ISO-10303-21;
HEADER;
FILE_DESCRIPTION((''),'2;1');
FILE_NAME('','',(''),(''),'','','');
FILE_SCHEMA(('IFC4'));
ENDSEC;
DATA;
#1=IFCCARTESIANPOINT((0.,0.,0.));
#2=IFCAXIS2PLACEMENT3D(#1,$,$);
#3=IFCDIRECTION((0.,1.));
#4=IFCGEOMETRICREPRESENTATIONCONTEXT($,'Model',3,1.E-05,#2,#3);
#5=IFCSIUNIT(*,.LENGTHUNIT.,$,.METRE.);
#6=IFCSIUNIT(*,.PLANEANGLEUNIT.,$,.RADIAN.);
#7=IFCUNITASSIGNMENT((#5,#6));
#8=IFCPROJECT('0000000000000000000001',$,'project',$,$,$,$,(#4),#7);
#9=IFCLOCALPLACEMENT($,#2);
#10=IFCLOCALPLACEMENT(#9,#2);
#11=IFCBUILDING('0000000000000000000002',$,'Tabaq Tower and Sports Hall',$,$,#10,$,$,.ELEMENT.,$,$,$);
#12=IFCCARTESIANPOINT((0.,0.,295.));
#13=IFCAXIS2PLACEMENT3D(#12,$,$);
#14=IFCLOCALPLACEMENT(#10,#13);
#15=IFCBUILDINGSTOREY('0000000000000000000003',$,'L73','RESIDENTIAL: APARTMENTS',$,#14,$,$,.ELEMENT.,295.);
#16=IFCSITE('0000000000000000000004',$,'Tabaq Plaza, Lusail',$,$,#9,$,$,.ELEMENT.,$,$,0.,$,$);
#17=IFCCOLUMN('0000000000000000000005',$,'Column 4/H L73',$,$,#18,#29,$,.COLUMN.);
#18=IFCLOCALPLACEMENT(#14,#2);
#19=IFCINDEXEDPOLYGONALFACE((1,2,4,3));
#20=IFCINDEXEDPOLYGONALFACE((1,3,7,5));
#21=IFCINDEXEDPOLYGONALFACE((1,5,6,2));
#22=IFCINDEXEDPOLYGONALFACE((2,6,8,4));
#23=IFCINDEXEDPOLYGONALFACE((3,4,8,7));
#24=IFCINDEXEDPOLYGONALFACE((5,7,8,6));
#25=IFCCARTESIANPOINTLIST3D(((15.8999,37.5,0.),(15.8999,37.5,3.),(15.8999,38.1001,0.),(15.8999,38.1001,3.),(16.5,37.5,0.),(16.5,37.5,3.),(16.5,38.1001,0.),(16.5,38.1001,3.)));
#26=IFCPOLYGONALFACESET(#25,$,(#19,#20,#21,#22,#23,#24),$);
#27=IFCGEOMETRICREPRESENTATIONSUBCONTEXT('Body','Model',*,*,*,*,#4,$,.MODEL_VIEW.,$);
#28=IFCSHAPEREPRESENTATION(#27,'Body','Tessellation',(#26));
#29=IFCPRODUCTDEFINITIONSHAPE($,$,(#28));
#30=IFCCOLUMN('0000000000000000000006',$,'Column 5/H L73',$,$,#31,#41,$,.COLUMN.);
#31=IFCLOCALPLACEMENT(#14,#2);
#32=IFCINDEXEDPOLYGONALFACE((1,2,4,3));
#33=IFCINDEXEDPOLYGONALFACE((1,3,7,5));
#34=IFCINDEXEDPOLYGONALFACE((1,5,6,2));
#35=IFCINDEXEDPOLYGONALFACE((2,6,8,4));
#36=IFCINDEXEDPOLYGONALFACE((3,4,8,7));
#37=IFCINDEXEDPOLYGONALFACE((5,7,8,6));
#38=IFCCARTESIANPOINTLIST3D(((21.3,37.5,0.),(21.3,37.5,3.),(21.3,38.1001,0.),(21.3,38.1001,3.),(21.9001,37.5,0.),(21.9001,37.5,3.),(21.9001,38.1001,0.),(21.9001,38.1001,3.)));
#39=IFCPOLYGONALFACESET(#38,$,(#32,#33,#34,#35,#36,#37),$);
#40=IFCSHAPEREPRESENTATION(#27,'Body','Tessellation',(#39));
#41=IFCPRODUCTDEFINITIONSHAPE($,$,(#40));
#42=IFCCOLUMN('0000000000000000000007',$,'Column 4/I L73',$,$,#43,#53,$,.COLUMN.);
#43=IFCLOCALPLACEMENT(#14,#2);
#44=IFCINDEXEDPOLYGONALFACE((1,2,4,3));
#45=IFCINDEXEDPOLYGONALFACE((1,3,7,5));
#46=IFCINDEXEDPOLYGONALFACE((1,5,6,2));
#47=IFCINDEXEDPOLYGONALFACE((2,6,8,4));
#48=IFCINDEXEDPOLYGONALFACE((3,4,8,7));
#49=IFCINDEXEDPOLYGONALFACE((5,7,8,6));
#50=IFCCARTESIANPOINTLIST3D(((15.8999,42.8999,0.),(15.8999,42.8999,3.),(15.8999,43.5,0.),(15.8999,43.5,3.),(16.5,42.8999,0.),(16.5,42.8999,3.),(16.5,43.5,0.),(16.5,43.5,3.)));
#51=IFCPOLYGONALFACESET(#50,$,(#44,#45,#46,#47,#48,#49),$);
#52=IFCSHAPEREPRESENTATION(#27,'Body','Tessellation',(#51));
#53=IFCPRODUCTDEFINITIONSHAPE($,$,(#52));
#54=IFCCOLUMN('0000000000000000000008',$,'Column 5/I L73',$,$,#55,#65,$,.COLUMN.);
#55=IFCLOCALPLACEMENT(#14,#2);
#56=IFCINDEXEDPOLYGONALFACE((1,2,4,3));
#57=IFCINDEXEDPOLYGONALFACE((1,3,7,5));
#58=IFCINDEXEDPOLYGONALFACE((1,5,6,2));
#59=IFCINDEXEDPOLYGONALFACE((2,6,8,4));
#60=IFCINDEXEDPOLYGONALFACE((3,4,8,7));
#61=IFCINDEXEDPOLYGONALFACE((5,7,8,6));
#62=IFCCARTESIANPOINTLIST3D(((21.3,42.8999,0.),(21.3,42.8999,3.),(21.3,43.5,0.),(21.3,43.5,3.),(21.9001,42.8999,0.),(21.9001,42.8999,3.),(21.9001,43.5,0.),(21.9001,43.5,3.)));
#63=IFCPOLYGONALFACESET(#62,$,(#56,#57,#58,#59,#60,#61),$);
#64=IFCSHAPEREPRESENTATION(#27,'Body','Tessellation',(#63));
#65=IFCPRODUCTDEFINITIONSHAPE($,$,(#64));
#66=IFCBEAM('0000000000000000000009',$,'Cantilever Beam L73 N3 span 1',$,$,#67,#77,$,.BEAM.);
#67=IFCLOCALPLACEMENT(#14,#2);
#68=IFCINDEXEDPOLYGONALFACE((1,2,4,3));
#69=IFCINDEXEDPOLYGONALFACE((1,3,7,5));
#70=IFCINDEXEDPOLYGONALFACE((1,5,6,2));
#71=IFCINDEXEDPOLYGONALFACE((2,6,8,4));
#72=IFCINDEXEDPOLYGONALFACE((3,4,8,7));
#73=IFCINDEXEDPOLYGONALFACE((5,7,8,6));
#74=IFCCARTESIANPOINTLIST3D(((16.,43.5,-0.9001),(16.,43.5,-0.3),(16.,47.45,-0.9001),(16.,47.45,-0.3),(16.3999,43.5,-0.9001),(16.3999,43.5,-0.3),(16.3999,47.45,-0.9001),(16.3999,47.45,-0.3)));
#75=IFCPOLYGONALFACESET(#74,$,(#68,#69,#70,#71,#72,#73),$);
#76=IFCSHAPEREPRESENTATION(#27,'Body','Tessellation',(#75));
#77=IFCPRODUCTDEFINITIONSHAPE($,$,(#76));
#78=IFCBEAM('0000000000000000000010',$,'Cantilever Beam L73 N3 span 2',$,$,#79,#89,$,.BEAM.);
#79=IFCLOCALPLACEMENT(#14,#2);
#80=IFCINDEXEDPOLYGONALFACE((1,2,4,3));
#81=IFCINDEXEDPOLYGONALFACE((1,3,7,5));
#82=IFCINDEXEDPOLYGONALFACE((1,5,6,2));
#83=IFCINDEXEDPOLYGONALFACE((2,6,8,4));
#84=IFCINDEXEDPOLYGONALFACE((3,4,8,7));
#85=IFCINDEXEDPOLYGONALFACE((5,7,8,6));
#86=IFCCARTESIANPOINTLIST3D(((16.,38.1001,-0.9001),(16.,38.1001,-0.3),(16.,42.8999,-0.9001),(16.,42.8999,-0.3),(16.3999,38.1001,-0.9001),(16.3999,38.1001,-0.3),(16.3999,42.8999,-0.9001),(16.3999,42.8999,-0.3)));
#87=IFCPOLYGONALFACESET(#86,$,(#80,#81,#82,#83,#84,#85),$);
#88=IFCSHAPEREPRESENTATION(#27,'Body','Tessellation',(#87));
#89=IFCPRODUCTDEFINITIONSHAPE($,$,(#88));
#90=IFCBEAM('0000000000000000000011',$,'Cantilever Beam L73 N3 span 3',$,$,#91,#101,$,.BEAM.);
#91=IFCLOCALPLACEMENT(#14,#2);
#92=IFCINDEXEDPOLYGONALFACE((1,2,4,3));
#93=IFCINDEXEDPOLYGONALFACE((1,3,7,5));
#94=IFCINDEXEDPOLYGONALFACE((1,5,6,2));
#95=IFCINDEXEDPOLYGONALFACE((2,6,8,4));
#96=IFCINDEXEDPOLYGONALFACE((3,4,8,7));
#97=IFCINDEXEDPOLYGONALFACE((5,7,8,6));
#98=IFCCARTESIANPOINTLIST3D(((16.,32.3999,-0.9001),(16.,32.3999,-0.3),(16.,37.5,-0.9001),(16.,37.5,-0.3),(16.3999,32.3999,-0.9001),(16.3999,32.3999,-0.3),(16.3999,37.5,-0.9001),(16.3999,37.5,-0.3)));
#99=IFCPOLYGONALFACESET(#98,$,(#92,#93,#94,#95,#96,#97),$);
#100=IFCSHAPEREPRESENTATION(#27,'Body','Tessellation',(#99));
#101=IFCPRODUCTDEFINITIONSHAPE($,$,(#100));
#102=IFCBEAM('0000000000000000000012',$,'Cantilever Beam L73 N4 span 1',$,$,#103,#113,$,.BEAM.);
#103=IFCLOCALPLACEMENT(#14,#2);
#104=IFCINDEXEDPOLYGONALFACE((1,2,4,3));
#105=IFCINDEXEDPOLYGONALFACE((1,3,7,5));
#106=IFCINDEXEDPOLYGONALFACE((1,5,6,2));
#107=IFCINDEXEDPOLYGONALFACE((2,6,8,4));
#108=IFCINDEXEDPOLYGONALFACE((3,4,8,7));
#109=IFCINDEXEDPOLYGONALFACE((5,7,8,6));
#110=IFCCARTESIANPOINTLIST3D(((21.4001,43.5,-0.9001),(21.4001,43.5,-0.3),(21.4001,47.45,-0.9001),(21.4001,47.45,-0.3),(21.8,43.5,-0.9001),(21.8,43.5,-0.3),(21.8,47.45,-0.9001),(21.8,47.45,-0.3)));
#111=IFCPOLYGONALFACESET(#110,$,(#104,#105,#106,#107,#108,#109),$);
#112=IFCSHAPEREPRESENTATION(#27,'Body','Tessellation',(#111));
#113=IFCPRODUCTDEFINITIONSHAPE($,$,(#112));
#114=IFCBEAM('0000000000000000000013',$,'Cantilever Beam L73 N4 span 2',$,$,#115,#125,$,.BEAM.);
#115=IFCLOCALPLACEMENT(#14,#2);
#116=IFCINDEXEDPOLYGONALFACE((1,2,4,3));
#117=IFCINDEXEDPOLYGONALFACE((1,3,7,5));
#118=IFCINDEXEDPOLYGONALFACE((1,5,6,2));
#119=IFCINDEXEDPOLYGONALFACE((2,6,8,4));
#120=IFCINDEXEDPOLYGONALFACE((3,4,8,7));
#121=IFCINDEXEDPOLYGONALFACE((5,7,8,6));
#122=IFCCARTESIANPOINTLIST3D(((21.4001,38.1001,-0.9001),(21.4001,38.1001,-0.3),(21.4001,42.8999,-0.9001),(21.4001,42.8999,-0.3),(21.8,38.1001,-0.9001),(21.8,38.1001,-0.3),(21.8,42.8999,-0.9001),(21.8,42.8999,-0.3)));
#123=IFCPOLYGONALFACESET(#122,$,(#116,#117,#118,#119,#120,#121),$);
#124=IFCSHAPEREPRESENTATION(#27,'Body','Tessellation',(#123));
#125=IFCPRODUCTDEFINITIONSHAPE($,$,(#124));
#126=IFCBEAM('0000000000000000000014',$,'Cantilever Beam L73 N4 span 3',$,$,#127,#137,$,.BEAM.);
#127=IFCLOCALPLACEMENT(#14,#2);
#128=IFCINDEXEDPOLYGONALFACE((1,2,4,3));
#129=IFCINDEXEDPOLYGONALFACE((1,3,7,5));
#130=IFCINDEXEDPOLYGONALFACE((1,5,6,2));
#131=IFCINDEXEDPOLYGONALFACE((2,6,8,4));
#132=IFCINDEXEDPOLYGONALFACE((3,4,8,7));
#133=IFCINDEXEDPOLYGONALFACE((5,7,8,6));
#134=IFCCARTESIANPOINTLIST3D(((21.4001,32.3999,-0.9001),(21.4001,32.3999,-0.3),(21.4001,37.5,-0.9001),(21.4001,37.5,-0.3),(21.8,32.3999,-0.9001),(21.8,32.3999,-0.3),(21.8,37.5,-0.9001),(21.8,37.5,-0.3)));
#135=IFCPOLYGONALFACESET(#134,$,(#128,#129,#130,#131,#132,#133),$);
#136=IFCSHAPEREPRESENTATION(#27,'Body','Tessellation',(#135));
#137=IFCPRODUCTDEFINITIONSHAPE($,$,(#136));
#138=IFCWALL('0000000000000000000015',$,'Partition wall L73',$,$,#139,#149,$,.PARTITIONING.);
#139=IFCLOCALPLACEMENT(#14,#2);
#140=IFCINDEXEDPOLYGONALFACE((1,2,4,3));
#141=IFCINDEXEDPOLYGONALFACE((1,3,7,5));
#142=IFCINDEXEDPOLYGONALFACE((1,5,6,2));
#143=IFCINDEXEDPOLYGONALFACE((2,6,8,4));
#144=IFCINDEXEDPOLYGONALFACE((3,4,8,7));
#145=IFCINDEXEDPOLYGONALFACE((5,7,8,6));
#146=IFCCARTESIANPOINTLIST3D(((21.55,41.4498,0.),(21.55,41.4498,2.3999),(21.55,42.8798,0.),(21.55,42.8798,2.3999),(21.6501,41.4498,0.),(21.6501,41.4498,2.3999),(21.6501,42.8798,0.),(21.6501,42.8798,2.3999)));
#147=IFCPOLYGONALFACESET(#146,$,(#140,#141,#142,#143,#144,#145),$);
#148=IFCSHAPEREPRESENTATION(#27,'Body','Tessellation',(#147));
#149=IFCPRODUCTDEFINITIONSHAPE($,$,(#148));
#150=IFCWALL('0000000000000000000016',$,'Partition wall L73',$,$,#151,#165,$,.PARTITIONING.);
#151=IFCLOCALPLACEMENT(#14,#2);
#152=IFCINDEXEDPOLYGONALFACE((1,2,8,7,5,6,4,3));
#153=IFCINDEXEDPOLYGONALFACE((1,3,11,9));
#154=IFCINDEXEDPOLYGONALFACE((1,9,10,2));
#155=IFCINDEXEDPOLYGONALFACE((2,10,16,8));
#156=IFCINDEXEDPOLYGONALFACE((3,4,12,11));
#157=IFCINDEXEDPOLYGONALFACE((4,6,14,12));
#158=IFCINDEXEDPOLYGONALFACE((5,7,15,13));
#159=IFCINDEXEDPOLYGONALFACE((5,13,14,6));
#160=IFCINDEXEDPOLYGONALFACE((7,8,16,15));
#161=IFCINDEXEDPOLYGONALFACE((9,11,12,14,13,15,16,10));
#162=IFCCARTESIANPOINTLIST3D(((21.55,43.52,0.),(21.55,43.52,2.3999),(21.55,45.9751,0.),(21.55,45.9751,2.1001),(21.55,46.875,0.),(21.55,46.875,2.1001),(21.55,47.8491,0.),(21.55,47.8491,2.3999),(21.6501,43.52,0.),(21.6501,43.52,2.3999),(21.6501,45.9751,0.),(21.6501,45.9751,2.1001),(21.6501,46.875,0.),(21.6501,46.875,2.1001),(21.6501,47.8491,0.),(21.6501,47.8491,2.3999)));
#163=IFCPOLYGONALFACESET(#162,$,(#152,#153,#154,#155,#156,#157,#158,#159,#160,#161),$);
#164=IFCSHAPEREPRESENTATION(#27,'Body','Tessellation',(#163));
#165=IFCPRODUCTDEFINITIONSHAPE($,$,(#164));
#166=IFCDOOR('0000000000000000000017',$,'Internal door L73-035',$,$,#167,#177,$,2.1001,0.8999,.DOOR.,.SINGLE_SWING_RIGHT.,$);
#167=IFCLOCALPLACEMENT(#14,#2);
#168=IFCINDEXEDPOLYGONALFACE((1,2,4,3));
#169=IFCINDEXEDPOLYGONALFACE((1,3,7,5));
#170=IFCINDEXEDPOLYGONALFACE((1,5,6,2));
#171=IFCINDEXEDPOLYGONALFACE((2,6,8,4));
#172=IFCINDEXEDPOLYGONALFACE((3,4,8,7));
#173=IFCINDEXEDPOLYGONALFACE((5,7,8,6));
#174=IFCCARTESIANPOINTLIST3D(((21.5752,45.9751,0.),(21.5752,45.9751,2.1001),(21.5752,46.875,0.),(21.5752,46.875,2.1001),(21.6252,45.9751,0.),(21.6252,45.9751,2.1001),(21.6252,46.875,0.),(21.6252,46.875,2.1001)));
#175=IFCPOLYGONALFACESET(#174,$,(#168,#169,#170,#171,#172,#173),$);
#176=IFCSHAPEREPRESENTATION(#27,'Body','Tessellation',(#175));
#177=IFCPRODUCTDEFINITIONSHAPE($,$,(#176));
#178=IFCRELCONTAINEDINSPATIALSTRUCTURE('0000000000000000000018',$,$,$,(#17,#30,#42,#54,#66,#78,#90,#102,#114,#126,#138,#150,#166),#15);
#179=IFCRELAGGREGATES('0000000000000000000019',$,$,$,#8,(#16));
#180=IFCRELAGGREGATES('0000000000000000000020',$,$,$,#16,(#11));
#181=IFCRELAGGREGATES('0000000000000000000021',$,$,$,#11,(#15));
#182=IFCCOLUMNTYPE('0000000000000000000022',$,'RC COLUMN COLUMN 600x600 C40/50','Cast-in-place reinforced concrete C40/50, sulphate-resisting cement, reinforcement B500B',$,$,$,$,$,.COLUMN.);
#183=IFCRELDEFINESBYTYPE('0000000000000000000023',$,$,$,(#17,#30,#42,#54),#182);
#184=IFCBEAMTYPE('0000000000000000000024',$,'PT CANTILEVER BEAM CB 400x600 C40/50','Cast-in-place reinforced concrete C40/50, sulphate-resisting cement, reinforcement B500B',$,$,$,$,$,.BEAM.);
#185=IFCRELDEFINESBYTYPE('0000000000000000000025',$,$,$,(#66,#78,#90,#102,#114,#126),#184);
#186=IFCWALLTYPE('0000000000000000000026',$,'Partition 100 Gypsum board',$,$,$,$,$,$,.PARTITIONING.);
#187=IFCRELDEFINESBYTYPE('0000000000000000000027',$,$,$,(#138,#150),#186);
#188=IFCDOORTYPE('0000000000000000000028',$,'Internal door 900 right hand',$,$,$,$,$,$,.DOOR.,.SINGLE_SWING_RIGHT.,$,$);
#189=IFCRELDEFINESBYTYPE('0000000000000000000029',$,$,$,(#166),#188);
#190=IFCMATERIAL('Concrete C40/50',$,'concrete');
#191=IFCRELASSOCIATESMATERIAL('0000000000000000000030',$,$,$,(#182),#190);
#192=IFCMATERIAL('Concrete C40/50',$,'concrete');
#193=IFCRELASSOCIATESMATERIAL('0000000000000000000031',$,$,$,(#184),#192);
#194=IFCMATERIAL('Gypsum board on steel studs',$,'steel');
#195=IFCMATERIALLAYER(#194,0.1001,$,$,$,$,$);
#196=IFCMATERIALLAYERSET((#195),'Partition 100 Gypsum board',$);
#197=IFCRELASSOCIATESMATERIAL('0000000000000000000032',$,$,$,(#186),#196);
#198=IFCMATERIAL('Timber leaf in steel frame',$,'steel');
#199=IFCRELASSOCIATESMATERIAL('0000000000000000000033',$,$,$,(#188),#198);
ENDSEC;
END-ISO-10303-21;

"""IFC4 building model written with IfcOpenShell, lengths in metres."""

from ifc_helpers import new_model, si_unit, direction, frame, frame_2d, origin, origin_2d, place, context, subcontext, project, spatial, rectangle, extrude, material, layer, layer_set, material_profile, profile_set, type_object, element, fill, save


model = new_model("IFC4")

# Units and contexts
model_context = context("Model", 3, precision=1e-05, world=origin(), true_north=direction((0.0, 1.0)))
body_context = subcontext(model_context, "Body", "Model", "MODEL_VIEW")
ifc_project = project(units=[si_unit("LENGTHUNIT", "METRE"), si_unit("PLANEANGLEUNIT", "RADIAN")], contexts=[model_context])

# Site, building, storey
site_placement = place(None, origin())
site = spatial("IfcSite", under=ifc_project, at=site_placement, Name="Tabaq Plaza, Lusail", CompositionType="ELEMENT", RefElevation=0.0)
building_placement = place(site_placement, origin())
building = spatial("IfcBuilding", under=site, at=building_placement, Name="Tabaq Tower and Sports Hall", CompositionType="ELEMENT")
storey_placement = place(building_placement, frame((0.0, 0.0, 295.0)))
storey = spatial("IfcBuildingStorey", under=building, at=storey_placement, Name="L73", Description="RESIDENTIAL: APARTMENTS", CompositionType="ELEMENT", Elevation=295.0)

# Columns
ifc_material_1 = material(Name="Concrete C40/50", Category="concrete")
ifc_material_profile_1 = material_profile(ifc_material_1, rectangle(XDim=0.6001, YDim=0.6001, at=origin_2d()), Name="COLUMN 600x600")
ifc_profile_set_1 = profile_set([ifc_material_profile_1], Name="Concrete C40/50")
column_type = type_object("IfcColumnType", Name="RC COLUMN COLUMN 600x600 C40/50", Description="Cast-in-place reinforced concrete C40/50, sulphate-resisting cement, reinforcement B500B", PredefinedType="COLUMN", material=ifc_profile_set_1)
for number, where, z_axis, x_axis, name in (
    (1, (16.2, 37.8, 0.0), (0.0, 0.0, 1.0), (1.0, 0.0, 0.0), "Column 4/H L73"),
    (2, (21.6001, 37.8, 0.0), (0.0, 0.0, 1.0), (1.0, 0.0, 0.0), "Column 5/H L73"),
    (3, (16.2, 43.2, 0.0), (0.0, 0.0, 1.0), (1.0, 0.0, 0.0), "Column 4/I L73"),
    (4, (21.6001, 43.2, 0.0), (0.0, 0.0, 1.0), (1.0, 0.0, 0.0), "Column 5/I L73"),
):
    element("IfcColumn", number, at=place(storey_placement, frame(where, z_axis=z_axis, x_axis=x_axis)), inside=storey, type_object=column_type, Name=name, PredefinedType="COLUMN", context=body_context, shape_type="SweptSolid", body=[
        extrude(rectangle(XDim=0.6001, YDim=0.6001, at=origin_2d()), origin(), (0.0, 0.0, 1.0), 3.0),
    ])

# Beams
ifc_material_2 = material(Name="Concrete C40/50", Category="concrete")
ifc_material_profile_2 = material_profile(ifc_material_2, rectangle(XDim=0.3999, YDim=0.6001, at=origin_2d()), Name="CB 400x600")
ifc_profile_set_2 = profile_set([ifc_material_profile_2], Name="Concrete C40/50")
beam_type = type_object("IfcBeamType", Name="PT CANTILEVER BEAM CB 400x600 C40/50", Description="Cast-in-place reinforced concrete C40/50, sulphate-resisting cement, reinforcement B500B", PredefinedType="BEAM", material=ifc_profile_set_2)
beam_1_placement = place(storey_placement, frame((16.2, 47.45, -0.6001), z_axis=(0.0, -1.0, 0.0), x_axis=(1.0, 0.0, 0.0)))
element("IfcBeam", 5, at=beam_1_placement, inside=storey, type_object=beam_type, Name="Cantilever Beam L73 N3 span 1", PredefinedType="BEAM", context=body_context, shape_type="SweptSolid", body=[
    extrude(rectangle(XDim=0.3999, YDim=0.6001, at=origin_2d()), origin(), (0.0, 0.0, 1.0), 3.95),
])
beam_2_placement = place(storey_placement, frame((16.2, 42.8999, -0.6001), z_axis=(0.0, -1.0, 0.0), x_axis=(1.0, 0.0, 0.0)))
element("IfcBeam", 6, at=beam_2_placement, inside=storey, type_object=beam_type, Name="Cantilever Beam L73 N3 span 2", PredefinedType="BEAM", context=body_context, shape_type="SweptSolid", body=[
    extrude(rectangle(XDim=0.3999, YDim=0.6001, at=origin_2d()), origin(), (0.0, 0.0, 1.0), 4.7998),
])
beam_3_placement = place(storey_placement, frame((16.2, 37.5, -0.6001), z_axis=(0.0, -1.0, 0.0), x_axis=(1.0, 0.0, 0.0)))
element("IfcBeam", 7, at=beam_3_placement, inside=storey, type_object=beam_type, Name="Cantilever Beam L73 N3 span 3", PredefinedType="BEAM", context=body_context, shape_type="SweptSolid", body=[
    extrude(rectangle(XDim=0.3999, YDim=0.6001, at=origin_2d()), origin(), (0.0, 0.0, 1.0), 5.1001),
])
beam_4_placement = place(storey_placement, frame((21.6001, 47.45, -0.6001), z_axis=(0.0, -1.0, 0.0), x_axis=(1.0, 0.0, 0.0)))
element("IfcBeam", 8, at=beam_4_placement, inside=storey, type_object=beam_type, Name="Cantilever Beam L73 N4 span 1", PredefinedType="BEAM", context=body_context, shape_type="SweptSolid", body=[
    extrude(rectangle(XDim=0.3999, YDim=0.6001, at=origin_2d()), origin(), (0.0, 0.0, 1.0), 3.95),
])
beam_5_placement = place(storey_placement, frame((21.6001, 42.8999, -0.6001), z_axis=(0.0, -1.0, 0.0), x_axis=(1.0, 0.0, 0.0)))
element("IfcBeam", 9, at=beam_5_placement, inside=storey, type_object=beam_type, Name="Cantilever Beam L73 N4 span 2", PredefinedType="BEAM", context=body_context, shape_type="SweptSolid", body=[
    extrude(rectangle(XDim=0.3999, YDim=0.6001, at=origin_2d()), origin(), (0.0, 0.0, 1.0), 4.7998),
])
beam_6_placement = place(storey_placement, frame((21.6001, 37.5, -0.6001), z_axis=(0.0, -1.0, 0.0), x_axis=(1.0, 0.0, 0.0)))
element("IfcBeam", 10, at=beam_6_placement, inside=storey, type_object=beam_type, Name="Cantilever Beam L73 N4 span 3", PredefinedType="BEAM", context=body_context, shape_type="SweptSolid", body=[
    extrude(rectangle(XDim=0.3999, YDim=0.6001, at=origin_2d()), origin(), (0.0, 0.0, 1.0), 5.1001),
])

# Wall
ifc_material_3 = material(Name="Gypsum board on steel studs", Category="steel")
ifc_layer_1 = layer(ifc_material_3, 0.1001)
ifc_layer_set_1 = layer_set([ifc_layer_1], Name="Partition 100 Gypsum board")
wall_type_1 = type_object("IfcWallType", Name="Partition 100 Gypsum board", PredefinedType="PARTITIONING", material=ifc_layer_set_1)
wall_1_placement = place(storey_placement, frame((21.6001, 41.45, 0.0), z_axis=(0.0, 0.0, 1.0), x_axis=(0.0, 1.0, 0.0)))
element("IfcWall", 11, at=wall_1_placement, inside=storey, type_object=wall_type_1, Name="Partition wall L73", PredefinedType="PARTITIONING", context=body_context, shape_type="SweptSolid", body=[
    extrude(rectangle(XDim=1.4299, YDim=0.1001, at=frame_2d((0.7148, 0.0))), origin(), (0.0, 0.0, 1.0), 2.3999),
])

# Wall, opening, door
wall_2_placement = place(storey_placement, frame((21.6001, 43.52, 0.0), z_axis=(0.0, 0.0, 1.0), x_axis=(0.0, 1.0, 0.0)))
wall_2 = element("IfcWall", 12, at=wall_2_placement, inside=storey, type_object=wall_type_1, Name="Partition wall L73", PredefinedType="PARTITIONING", context=body_context, shape_type="SweptSolid", body=[
    extrude(rectangle(XDim=4.3291, YDim=0.1001, at=frame_2d((2.1646, 0.0))), origin(), (0.0, 0.0, 1.0), 2.3999),
])
opening_1_placement = place(wall_2_placement, frame((2.4551, 0.0, 0.0)))
opening_1 = element("IfcOpeningElement", 13, at=opening_1_placement, cuts=wall_2, PredefinedType="OPENING", context=body_context, shape_type="SweptSolid", body=[
    extrude(rectangle(XDim=0.8999, YDim=2.1001, at=frame_2d((0.45, 1.05))), frame((0.0, 0.05, 0.0), z_axis=(0.0, -1.0, 0.0), x_axis=(1.0, 0.0, 0.0)), (0.0, 0.0, 1.0), 0.1001),
])
ifc_material_4 = material(Name="Timber leaf in steel frame", Category="steel")
door_type_1 = type_object("IfcDoorType", Name="Internal door 900 right hand", OperationType="SINGLE_SWING_RIGHT", PredefinedType="DOOR", material=ifc_material_4)
door_1_placement = place(opening_1_placement, origin())
door_1 = element("IfcDoor", 14, at=door_1_placement, inside=storey, type_object=door_type_1, Name="Internal door L73-035", OperationType="SINGLE_SWING_RIGHT", OverallHeight=2.1001, OverallWidth=0.8999, PredefinedType="DOOR", context=body_context, shape_type="SweptSolid", body=[
    extrude(rectangle(XDim=0.8999, YDim=2.1001, at=frame_2d((0.45, 1.05))), frame((0.0, 0.0249, 0.0), z_axis=(0.0, -1.0, 0.0), x_axis=(1.0, 0.0, 0.0)), (0.0, 0.0, 1.0), 0.05),
])
fill(opening_1, door_1)

save(model, "model.ifc")
